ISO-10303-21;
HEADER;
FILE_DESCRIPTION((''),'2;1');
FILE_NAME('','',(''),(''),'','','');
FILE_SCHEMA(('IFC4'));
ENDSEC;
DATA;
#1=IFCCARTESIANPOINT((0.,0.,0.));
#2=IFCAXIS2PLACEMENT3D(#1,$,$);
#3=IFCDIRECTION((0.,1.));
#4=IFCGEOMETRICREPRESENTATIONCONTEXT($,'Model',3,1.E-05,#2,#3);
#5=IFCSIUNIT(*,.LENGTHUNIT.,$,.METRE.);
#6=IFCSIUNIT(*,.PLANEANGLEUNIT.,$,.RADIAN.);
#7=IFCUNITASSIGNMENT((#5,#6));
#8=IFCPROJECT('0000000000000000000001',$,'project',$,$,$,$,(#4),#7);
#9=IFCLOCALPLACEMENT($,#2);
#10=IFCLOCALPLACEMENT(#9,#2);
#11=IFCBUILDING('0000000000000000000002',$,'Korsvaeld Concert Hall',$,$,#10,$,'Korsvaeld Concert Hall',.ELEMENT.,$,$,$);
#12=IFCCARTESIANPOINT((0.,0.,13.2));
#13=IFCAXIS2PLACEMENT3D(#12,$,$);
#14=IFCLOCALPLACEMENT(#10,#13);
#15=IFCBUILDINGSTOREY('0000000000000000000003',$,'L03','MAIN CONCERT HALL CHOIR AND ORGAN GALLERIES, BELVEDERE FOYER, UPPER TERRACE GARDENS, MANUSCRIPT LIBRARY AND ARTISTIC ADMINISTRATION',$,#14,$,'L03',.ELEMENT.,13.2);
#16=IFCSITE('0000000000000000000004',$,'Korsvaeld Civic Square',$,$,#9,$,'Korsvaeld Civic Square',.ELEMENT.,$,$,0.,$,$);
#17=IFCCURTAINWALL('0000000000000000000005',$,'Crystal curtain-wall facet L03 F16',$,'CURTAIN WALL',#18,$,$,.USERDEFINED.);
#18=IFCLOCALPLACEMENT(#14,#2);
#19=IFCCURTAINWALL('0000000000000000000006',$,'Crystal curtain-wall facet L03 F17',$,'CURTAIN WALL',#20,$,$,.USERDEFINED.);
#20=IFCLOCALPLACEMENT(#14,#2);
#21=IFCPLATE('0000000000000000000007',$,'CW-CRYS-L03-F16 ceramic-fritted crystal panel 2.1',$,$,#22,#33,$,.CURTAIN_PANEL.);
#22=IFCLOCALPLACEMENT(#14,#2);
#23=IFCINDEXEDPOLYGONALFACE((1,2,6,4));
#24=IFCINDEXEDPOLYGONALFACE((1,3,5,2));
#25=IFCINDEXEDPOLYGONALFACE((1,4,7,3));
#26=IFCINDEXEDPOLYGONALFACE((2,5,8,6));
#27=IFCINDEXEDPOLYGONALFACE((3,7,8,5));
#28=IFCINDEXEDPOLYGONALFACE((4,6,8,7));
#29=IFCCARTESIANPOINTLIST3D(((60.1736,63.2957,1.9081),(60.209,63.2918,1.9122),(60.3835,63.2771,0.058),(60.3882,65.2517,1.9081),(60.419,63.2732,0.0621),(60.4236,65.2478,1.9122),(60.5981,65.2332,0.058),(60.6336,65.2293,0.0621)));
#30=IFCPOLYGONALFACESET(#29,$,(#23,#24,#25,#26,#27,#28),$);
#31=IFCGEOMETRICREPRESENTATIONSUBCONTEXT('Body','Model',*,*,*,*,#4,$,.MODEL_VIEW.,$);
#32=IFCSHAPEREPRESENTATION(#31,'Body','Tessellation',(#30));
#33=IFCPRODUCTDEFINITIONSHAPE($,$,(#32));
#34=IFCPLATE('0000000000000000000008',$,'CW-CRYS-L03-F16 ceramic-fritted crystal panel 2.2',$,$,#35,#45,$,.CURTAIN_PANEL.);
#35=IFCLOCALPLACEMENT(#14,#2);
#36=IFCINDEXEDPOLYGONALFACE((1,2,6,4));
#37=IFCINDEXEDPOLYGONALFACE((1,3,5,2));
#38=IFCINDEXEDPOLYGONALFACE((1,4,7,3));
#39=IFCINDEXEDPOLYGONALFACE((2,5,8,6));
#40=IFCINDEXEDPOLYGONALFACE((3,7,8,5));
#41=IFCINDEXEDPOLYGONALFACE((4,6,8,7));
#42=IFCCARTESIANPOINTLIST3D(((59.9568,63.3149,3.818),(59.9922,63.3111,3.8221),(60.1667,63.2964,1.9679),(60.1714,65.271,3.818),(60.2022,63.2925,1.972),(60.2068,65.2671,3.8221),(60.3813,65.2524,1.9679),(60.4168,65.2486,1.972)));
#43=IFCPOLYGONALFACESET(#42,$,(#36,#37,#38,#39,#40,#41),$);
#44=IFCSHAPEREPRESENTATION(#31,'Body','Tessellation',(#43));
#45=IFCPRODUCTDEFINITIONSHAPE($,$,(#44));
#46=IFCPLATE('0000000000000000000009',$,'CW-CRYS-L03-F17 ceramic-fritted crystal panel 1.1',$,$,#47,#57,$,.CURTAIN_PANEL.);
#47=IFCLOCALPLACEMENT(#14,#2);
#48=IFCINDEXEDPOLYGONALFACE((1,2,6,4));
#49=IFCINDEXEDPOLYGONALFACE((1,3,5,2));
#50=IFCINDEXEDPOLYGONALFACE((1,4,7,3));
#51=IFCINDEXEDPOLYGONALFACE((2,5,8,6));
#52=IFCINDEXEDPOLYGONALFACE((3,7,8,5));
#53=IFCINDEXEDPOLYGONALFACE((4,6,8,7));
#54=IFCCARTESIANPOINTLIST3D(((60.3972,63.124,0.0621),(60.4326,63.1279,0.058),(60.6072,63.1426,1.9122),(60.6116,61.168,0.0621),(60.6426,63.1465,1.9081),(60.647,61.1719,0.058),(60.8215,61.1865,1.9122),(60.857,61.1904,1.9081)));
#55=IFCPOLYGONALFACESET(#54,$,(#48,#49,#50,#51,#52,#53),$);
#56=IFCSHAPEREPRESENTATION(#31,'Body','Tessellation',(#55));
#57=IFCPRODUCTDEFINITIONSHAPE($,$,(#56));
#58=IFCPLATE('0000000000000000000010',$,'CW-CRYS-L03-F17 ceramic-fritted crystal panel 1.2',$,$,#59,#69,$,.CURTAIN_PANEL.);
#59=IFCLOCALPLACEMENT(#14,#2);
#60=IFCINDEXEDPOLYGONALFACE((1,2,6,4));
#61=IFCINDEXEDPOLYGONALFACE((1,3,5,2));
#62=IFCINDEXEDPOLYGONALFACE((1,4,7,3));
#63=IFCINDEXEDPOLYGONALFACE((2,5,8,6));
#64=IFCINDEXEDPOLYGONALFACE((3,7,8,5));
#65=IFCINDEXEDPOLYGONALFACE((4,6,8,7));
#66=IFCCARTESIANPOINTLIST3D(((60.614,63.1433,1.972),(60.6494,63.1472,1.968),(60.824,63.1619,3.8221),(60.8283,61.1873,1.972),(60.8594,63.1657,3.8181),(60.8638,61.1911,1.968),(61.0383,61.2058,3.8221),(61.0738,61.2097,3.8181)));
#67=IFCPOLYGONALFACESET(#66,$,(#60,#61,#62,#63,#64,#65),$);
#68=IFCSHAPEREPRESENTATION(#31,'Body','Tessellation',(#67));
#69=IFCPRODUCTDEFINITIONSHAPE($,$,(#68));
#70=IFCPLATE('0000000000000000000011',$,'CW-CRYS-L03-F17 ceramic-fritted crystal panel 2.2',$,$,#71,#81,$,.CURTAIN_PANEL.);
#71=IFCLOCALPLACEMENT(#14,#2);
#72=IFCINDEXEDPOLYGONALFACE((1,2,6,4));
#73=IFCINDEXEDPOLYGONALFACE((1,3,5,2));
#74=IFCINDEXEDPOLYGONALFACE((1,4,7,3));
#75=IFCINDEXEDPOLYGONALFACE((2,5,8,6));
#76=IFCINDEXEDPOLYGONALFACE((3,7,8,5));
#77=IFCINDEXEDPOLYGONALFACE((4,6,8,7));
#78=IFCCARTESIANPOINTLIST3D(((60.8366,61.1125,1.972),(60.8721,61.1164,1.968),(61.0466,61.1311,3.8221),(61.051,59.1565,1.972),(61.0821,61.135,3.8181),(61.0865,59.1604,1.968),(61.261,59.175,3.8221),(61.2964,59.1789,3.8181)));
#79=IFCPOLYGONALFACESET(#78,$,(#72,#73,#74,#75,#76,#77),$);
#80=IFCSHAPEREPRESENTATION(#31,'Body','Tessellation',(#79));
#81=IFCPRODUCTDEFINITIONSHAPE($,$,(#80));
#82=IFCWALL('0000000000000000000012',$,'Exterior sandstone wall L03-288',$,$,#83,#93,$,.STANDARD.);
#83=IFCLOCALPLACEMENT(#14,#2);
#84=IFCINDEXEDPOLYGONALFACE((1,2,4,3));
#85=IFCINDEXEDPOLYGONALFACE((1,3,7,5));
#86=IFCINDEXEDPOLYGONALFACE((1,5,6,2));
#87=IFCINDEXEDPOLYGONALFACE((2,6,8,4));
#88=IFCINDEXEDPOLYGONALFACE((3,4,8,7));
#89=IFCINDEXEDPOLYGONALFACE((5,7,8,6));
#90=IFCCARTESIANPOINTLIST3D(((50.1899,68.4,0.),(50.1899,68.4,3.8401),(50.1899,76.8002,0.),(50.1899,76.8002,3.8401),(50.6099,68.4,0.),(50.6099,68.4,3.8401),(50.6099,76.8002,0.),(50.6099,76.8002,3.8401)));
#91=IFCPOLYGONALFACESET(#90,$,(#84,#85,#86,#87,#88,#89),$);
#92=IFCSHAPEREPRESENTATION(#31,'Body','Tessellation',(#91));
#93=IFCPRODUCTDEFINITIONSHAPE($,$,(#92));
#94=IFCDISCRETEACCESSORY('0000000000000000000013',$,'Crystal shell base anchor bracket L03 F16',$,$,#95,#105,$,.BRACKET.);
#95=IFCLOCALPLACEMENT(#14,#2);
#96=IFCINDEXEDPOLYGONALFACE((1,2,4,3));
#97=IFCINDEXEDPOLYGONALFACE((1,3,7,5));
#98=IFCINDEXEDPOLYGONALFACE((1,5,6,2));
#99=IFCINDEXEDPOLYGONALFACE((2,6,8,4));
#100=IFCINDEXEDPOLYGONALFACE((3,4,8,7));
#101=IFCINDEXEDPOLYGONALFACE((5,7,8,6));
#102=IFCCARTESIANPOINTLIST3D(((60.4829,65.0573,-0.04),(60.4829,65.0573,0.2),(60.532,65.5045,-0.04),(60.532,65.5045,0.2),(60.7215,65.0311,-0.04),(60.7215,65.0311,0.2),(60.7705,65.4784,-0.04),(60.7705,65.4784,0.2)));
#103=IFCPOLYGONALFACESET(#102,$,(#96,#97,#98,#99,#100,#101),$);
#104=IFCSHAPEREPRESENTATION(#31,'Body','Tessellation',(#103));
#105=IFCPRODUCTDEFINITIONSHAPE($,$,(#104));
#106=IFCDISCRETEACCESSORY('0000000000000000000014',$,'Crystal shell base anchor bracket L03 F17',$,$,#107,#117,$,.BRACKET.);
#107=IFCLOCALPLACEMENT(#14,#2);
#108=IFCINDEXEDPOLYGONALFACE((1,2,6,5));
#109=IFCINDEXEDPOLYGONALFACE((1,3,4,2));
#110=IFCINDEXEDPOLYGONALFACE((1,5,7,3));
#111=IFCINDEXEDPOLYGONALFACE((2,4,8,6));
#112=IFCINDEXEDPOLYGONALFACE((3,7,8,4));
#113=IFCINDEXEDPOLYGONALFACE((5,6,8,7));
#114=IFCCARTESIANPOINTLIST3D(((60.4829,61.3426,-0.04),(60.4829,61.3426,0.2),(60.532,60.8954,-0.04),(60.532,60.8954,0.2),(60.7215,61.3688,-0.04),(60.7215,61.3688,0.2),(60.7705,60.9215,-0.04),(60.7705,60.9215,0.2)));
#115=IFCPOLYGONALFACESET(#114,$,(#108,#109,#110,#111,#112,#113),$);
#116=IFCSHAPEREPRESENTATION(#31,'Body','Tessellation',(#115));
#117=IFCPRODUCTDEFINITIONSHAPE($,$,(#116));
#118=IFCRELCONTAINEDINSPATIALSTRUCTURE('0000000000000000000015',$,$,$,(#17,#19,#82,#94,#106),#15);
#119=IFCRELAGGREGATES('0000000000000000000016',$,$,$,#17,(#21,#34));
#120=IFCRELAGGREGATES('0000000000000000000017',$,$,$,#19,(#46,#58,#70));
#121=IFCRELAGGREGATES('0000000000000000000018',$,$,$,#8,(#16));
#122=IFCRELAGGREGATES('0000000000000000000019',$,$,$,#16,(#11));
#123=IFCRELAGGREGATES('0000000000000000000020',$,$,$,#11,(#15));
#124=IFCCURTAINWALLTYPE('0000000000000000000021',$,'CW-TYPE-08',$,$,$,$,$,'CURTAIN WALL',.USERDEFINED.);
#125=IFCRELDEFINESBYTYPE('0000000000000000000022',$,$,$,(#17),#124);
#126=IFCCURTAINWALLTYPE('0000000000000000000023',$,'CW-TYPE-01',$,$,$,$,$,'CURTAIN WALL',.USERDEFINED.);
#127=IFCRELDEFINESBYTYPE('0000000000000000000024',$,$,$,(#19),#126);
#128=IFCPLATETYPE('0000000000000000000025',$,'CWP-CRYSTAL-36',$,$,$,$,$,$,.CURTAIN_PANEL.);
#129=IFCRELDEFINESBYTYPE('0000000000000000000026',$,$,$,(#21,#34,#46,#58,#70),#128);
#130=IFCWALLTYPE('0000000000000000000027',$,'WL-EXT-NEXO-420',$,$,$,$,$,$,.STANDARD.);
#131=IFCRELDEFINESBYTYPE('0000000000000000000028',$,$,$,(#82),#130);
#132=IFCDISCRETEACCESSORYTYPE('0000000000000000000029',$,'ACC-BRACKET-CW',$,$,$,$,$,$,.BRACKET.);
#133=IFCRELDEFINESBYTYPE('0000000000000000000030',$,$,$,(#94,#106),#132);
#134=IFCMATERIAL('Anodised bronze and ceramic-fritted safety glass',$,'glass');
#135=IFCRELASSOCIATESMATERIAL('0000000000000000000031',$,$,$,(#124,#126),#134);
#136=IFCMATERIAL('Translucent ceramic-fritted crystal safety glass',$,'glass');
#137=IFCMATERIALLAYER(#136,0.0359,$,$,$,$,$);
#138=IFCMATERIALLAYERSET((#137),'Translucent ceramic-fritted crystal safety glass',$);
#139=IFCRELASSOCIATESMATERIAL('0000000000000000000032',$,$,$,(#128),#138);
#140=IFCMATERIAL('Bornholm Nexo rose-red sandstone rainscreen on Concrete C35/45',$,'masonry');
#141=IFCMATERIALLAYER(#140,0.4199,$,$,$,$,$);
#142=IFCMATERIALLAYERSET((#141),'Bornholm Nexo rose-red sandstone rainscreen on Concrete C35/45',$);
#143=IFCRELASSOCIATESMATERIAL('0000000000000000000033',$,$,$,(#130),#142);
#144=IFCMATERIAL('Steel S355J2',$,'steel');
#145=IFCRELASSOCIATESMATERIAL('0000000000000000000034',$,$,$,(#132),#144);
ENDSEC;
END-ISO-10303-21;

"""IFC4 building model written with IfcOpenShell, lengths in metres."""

from ifc_helpers import new_model, si_unit, direction, frame, frame_2d, origin, origin_2d, place, context, subcontext, project, spatial, polyline, rectangle, outline, extrude, material, layer, layer_set, type_object, element, aggregate, save


model = new_model("IFC4")

# Units and contexts
model_context = context("Model", 3, precision=1e-05, world=origin(), true_north=direction((0.0, 1.0)))
body_context = subcontext(model_context, "Body", "Model", "MODEL_VIEW")
ifc_project = project(units=[si_unit("LENGTHUNIT", "METRE"), si_unit("PLANEANGLEUNIT", "RADIAN")], contexts=[model_context])

# Site, building, storey
site_placement = place(None, origin())
site = spatial("IfcSite", under=ifc_project, at=site_placement, Name="Korsvaeld Civic Square", LongName="Korsvaeld Civic Square", CompositionType="ELEMENT", RefElevation=0.0)
building_placement = place(site_placement, origin())
building = spatial("IfcBuilding", under=site, at=building_placement, Name="Korsvaeld Concert Hall", LongName="Korsvaeld Concert Hall", CompositionType="ELEMENT")
storey_placement = place(building_placement, frame((0.0, 0.0, 13.2)))
storey = spatial("IfcBuildingStorey", under=building, at=storey_placement, Name="L03", Description="MAIN CONCERT HALL CHOIR AND ORGAN GALLERIES, BELVEDERE FOYER, UPPER TERRACE GARDENS, MANUSCRIPT LIBRARY AND ARTISTIC ADMINISTRATION", LongName="L03", CompositionType="ELEMENT", Elevation=13.2)

# Shared definitions
ifc_material_1 = material(Name="Steel S355J2", Category="steel")

# Curtain wall
ifc_material_2 = material(Name="Anodised bronze and ceramic-fritted safety glass", Category="glass")
curtain_wall_type_1 = type_object("IfcCurtainWallType", Name="CW-TYPE-08", ElementType="CURTAIN WALL", PredefinedType="USERDEFINED", material=ifc_material_2)
curtain_wall_1_placement = place(storey_placement, origin())
curtain_wall_1 = element("IfcCurtainWall", 1, at=curtain_wall_1_placement, inside=storey, type_object=curtain_wall_type_1, Name="Crystal curtain-wall facet L03 F16", ObjectType="CURTAIN WALL", PredefinedType="USERDEFINED")

# Curtain wall
curtain_wall_type_2 = type_object("IfcCurtainWallType", Name="CW-TYPE-01", ElementType="CURTAIN WALL", PredefinedType="USERDEFINED", material=ifc_material_2)
curtain_wall_2_placement = place(storey_placement, origin())
curtain_wall_2 = element("IfcCurtainWall", 2, at=curtain_wall_2_placement, inside=storey, type_object=curtain_wall_type_2, Name="Crystal curtain-wall facet L03 F17", ObjectType="CURTAIN WALL", PredefinedType="USERDEFINED")

# Plates
ifc_material_3 = material(Name="Translucent ceramic-fritted crystal safety glass", Category="glass")
ifc_layer_1 = layer(ifc_material_3, 0.0359)
ifc_layer_set_1 = layer_set([ifc_layer_1], Name="Translucent ceramic-fritted crystal safety glass")
plate_type = type_object("IfcPlateType", Name="CWP-CRYSTAL-36", PredefinedType="CURTAIN_PANEL", material=ifc_layer_set_1)
plate_1_placement = place(storey_placement, frame((60.616, 65.2312, 0.0601), z_axis=(-0.987649, 0.108355, -0.113171), x_axis=(-0.109056, -0.994036, 0.0)))
plate_1 = element("IfcPlate", 3, at=plate_1_placement, type_object=plate_type, Name="CW-CRYS-L03-F16 ceramic-fritted crystal panel 2.1", PredefinedType="CURTAIN_PANEL", context=body_context, shape_type="SweptSolid", body=[
    extrude(outline(polyline([(0.0, 0.0), (1.9678, 0.0), (1.9722, 1.8621), (0.0045, 1.8621), (0.0, 0.0)])), frame((0.0, 0.0, 0.0181)), (0.0, 0.0, -1.0), 0.0359),
])
plate_2_placement = place(storey_placement, frame((60.3992, 65.2505, 1.97), z_axis=(-0.987649, 0.108355, -0.113171), x_axis=(-0.109056, -0.994036, 0.0)))
plate_2 = element("IfcPlate", 4, at=plate_2_placement, type_object=plate_type, Name="CW-CRYS-L03-F16 ceramic-fritted crystal panel 2.2", PredefinedType="CURTAIN_PANEL", context=body_context, shape_type="SweptSolid", body=[
    extrude(outline(polyline([(0.0, 0.0), (1.9678, 0.0), (1.9722, 1.8621), (0.0045, 1.8621), (0.0, 0.0)])), frame((0.0, 0.0, 0.0181)), (0.0, 0.0, -1.0), 0.0359),
])
aggregate(curtain_wall_1, [plate_1, plate_2])
plate_3_placement = place(storey_placement, frame((60.415, 63.126, 0.0601), z_axis=(-0.987663, -0.108234, 0.113172), x_axis=(0.108933, -0.994049, 0.0)))
plate_3 = element("IfcPlate", 5, at=plate_3_placement, type_object=plate_type, Name="CW-CRYS-L03-F17 ceramic-fritted crystal panel 1.1", PredefinedType="CURTAIN_PANEL", context=body_context, shape_type="SweptSolid", body=[
    extrude(outline(polyline([(0.0, 0.0), (1.9678, 0.0), (1.9722, 1.8621), (0.0044, 1.8621), (0.0, 0.0)])), frame((0.0, 0.0, 0.0181)), (0.0, 0.0, -1.0), 0.0359),
])
plate_4_placement = place(storey_placement, frame((60.6318, 63.1453, 1.97), z_axis=(-0.987663, -0.108234, 0.113172), x_axis=(0.108933, -0.994049, 0.0)))
plate_4 = element("IfcPlate", 6, at=plate_4_placement, type_object=plate_type, Name="CW-CRYS-L03-F17 ceramic-fritted crystal panel 1.2", PredefinedType="CURTAIN_PANEL", context=body_context, shape_type="SweptSolid", body=[
    extrude(outline(polyline([(0.0, 0.0), (1.9678, 0.0), (1.9722, 1.8621), (0.0044, 1.8621), (0.0, 0.0)])), frame((0.0, 0.0, 0.0181)), (0.0, 0.0, -1.0), 0.0359),
])
plate_5_placement = place(storey_placement, frame((60.8545, 61.1145, 1.97), z_axis=(-0.987663, -0.108234, 0.113172), x_axis=(0.108933, -0.994049, 0.0)))
plate_5 = element("IfcPlate", 7, at=plate_5_placement, type_object=plate_type, Name="CW-CRYS-L03-F17 ceramic-fritted crystal panel 2.2", PredefinedType="CURTAIN_PANEL", context=body_context, shape_type="SweptSolid", body=[
    extrude(outline(polyline([(0.0, 0.0), (1.9678, 0.0), (1.9722, 1.8621), (0.0044, 1.8621), (0.0, 0.0)])), frame((0.0, 0.0, 0.0181)), (0.0, 0.0, -1.0), 0.0359),
])
aggregate(curtain_wall_2, [plate_3, plate_4, plate_5])

# Wall
ifc_material_4 = material(Name="Bornholm Nexo rose-red sandstone rainscreen on Concrete C35/45", Category="masonry")
ifc_layer_2 = layer(ifc_material_4, 0.4199)
ifc_layer_set_2 = layer_set([ifc_layer_2], Name="Bornholm Nexo rose-red sandstone rainscreen on Concrete C35/45")
wall_type = type_object("IfcWallType", Name="WL-EXT-NEXO-420", PredefinedType="STANDARD", material=ifc_layer_set_2)
wall_placement = place(storey_placement, frame((50.3999, 68.3999, 0.0), z_axis=(0.0, 0.0, 1.0), x_axis=(0.0, 1.0, 0.0)))
element("IfcWall", 8, at=wall_placement, inside=storey, type_object=wall_type, Name="Exterior sandstone wall L03-288", PredefinedType="STANDARD", context=body_context, shape_type="SweptSolid", body=[
    extrude(rectangle(XDim=8.4001, YDim=0.4199, at=frame_2d((4.2002, 0.0))), origin(), (0.0, 0.0, 1.0), 3.8401),
])

# Discrete accessories
discrete_accessory_type = type_object("IfcDiscreteAccessoryType", Name="ACC-BRACKET-CW", PredefinedType="BRACKET", material=ifc_material_1)
for number, where, z_axis, x_axis, name in (
    (9, (60.6267, 65.2678, -0.04), (0.0, 0.0, 1.0), (-0.10904, -0.994037, 0.0), "Crystal shell base anchor bracket L03 F16"),
    (10, (60.6267, 61.1321, -0.04), (0.0, 0.0, 1.0), (0.10904, -0.994037, 0.0), "Crystal shell base anchor bracket L03 F17"),
):
    element("IfcDiscreteAccessory", number, at=place(storey_placement, frame(where, z_axis=z_axis, x_axis=x_axis)), inside=storey, type_object=discrete_accessory_type, Name=name, PredefinedType="BRACKET", context=body_context, shape_type="SweptSolid", body=[
        extrude(rectangle(XDim=0.45, YDim=0.24, at=origin_2d()), origin(), (0.0, 0.0, 1.0), 0.24),
    ])

save(model, "model.ifc")
